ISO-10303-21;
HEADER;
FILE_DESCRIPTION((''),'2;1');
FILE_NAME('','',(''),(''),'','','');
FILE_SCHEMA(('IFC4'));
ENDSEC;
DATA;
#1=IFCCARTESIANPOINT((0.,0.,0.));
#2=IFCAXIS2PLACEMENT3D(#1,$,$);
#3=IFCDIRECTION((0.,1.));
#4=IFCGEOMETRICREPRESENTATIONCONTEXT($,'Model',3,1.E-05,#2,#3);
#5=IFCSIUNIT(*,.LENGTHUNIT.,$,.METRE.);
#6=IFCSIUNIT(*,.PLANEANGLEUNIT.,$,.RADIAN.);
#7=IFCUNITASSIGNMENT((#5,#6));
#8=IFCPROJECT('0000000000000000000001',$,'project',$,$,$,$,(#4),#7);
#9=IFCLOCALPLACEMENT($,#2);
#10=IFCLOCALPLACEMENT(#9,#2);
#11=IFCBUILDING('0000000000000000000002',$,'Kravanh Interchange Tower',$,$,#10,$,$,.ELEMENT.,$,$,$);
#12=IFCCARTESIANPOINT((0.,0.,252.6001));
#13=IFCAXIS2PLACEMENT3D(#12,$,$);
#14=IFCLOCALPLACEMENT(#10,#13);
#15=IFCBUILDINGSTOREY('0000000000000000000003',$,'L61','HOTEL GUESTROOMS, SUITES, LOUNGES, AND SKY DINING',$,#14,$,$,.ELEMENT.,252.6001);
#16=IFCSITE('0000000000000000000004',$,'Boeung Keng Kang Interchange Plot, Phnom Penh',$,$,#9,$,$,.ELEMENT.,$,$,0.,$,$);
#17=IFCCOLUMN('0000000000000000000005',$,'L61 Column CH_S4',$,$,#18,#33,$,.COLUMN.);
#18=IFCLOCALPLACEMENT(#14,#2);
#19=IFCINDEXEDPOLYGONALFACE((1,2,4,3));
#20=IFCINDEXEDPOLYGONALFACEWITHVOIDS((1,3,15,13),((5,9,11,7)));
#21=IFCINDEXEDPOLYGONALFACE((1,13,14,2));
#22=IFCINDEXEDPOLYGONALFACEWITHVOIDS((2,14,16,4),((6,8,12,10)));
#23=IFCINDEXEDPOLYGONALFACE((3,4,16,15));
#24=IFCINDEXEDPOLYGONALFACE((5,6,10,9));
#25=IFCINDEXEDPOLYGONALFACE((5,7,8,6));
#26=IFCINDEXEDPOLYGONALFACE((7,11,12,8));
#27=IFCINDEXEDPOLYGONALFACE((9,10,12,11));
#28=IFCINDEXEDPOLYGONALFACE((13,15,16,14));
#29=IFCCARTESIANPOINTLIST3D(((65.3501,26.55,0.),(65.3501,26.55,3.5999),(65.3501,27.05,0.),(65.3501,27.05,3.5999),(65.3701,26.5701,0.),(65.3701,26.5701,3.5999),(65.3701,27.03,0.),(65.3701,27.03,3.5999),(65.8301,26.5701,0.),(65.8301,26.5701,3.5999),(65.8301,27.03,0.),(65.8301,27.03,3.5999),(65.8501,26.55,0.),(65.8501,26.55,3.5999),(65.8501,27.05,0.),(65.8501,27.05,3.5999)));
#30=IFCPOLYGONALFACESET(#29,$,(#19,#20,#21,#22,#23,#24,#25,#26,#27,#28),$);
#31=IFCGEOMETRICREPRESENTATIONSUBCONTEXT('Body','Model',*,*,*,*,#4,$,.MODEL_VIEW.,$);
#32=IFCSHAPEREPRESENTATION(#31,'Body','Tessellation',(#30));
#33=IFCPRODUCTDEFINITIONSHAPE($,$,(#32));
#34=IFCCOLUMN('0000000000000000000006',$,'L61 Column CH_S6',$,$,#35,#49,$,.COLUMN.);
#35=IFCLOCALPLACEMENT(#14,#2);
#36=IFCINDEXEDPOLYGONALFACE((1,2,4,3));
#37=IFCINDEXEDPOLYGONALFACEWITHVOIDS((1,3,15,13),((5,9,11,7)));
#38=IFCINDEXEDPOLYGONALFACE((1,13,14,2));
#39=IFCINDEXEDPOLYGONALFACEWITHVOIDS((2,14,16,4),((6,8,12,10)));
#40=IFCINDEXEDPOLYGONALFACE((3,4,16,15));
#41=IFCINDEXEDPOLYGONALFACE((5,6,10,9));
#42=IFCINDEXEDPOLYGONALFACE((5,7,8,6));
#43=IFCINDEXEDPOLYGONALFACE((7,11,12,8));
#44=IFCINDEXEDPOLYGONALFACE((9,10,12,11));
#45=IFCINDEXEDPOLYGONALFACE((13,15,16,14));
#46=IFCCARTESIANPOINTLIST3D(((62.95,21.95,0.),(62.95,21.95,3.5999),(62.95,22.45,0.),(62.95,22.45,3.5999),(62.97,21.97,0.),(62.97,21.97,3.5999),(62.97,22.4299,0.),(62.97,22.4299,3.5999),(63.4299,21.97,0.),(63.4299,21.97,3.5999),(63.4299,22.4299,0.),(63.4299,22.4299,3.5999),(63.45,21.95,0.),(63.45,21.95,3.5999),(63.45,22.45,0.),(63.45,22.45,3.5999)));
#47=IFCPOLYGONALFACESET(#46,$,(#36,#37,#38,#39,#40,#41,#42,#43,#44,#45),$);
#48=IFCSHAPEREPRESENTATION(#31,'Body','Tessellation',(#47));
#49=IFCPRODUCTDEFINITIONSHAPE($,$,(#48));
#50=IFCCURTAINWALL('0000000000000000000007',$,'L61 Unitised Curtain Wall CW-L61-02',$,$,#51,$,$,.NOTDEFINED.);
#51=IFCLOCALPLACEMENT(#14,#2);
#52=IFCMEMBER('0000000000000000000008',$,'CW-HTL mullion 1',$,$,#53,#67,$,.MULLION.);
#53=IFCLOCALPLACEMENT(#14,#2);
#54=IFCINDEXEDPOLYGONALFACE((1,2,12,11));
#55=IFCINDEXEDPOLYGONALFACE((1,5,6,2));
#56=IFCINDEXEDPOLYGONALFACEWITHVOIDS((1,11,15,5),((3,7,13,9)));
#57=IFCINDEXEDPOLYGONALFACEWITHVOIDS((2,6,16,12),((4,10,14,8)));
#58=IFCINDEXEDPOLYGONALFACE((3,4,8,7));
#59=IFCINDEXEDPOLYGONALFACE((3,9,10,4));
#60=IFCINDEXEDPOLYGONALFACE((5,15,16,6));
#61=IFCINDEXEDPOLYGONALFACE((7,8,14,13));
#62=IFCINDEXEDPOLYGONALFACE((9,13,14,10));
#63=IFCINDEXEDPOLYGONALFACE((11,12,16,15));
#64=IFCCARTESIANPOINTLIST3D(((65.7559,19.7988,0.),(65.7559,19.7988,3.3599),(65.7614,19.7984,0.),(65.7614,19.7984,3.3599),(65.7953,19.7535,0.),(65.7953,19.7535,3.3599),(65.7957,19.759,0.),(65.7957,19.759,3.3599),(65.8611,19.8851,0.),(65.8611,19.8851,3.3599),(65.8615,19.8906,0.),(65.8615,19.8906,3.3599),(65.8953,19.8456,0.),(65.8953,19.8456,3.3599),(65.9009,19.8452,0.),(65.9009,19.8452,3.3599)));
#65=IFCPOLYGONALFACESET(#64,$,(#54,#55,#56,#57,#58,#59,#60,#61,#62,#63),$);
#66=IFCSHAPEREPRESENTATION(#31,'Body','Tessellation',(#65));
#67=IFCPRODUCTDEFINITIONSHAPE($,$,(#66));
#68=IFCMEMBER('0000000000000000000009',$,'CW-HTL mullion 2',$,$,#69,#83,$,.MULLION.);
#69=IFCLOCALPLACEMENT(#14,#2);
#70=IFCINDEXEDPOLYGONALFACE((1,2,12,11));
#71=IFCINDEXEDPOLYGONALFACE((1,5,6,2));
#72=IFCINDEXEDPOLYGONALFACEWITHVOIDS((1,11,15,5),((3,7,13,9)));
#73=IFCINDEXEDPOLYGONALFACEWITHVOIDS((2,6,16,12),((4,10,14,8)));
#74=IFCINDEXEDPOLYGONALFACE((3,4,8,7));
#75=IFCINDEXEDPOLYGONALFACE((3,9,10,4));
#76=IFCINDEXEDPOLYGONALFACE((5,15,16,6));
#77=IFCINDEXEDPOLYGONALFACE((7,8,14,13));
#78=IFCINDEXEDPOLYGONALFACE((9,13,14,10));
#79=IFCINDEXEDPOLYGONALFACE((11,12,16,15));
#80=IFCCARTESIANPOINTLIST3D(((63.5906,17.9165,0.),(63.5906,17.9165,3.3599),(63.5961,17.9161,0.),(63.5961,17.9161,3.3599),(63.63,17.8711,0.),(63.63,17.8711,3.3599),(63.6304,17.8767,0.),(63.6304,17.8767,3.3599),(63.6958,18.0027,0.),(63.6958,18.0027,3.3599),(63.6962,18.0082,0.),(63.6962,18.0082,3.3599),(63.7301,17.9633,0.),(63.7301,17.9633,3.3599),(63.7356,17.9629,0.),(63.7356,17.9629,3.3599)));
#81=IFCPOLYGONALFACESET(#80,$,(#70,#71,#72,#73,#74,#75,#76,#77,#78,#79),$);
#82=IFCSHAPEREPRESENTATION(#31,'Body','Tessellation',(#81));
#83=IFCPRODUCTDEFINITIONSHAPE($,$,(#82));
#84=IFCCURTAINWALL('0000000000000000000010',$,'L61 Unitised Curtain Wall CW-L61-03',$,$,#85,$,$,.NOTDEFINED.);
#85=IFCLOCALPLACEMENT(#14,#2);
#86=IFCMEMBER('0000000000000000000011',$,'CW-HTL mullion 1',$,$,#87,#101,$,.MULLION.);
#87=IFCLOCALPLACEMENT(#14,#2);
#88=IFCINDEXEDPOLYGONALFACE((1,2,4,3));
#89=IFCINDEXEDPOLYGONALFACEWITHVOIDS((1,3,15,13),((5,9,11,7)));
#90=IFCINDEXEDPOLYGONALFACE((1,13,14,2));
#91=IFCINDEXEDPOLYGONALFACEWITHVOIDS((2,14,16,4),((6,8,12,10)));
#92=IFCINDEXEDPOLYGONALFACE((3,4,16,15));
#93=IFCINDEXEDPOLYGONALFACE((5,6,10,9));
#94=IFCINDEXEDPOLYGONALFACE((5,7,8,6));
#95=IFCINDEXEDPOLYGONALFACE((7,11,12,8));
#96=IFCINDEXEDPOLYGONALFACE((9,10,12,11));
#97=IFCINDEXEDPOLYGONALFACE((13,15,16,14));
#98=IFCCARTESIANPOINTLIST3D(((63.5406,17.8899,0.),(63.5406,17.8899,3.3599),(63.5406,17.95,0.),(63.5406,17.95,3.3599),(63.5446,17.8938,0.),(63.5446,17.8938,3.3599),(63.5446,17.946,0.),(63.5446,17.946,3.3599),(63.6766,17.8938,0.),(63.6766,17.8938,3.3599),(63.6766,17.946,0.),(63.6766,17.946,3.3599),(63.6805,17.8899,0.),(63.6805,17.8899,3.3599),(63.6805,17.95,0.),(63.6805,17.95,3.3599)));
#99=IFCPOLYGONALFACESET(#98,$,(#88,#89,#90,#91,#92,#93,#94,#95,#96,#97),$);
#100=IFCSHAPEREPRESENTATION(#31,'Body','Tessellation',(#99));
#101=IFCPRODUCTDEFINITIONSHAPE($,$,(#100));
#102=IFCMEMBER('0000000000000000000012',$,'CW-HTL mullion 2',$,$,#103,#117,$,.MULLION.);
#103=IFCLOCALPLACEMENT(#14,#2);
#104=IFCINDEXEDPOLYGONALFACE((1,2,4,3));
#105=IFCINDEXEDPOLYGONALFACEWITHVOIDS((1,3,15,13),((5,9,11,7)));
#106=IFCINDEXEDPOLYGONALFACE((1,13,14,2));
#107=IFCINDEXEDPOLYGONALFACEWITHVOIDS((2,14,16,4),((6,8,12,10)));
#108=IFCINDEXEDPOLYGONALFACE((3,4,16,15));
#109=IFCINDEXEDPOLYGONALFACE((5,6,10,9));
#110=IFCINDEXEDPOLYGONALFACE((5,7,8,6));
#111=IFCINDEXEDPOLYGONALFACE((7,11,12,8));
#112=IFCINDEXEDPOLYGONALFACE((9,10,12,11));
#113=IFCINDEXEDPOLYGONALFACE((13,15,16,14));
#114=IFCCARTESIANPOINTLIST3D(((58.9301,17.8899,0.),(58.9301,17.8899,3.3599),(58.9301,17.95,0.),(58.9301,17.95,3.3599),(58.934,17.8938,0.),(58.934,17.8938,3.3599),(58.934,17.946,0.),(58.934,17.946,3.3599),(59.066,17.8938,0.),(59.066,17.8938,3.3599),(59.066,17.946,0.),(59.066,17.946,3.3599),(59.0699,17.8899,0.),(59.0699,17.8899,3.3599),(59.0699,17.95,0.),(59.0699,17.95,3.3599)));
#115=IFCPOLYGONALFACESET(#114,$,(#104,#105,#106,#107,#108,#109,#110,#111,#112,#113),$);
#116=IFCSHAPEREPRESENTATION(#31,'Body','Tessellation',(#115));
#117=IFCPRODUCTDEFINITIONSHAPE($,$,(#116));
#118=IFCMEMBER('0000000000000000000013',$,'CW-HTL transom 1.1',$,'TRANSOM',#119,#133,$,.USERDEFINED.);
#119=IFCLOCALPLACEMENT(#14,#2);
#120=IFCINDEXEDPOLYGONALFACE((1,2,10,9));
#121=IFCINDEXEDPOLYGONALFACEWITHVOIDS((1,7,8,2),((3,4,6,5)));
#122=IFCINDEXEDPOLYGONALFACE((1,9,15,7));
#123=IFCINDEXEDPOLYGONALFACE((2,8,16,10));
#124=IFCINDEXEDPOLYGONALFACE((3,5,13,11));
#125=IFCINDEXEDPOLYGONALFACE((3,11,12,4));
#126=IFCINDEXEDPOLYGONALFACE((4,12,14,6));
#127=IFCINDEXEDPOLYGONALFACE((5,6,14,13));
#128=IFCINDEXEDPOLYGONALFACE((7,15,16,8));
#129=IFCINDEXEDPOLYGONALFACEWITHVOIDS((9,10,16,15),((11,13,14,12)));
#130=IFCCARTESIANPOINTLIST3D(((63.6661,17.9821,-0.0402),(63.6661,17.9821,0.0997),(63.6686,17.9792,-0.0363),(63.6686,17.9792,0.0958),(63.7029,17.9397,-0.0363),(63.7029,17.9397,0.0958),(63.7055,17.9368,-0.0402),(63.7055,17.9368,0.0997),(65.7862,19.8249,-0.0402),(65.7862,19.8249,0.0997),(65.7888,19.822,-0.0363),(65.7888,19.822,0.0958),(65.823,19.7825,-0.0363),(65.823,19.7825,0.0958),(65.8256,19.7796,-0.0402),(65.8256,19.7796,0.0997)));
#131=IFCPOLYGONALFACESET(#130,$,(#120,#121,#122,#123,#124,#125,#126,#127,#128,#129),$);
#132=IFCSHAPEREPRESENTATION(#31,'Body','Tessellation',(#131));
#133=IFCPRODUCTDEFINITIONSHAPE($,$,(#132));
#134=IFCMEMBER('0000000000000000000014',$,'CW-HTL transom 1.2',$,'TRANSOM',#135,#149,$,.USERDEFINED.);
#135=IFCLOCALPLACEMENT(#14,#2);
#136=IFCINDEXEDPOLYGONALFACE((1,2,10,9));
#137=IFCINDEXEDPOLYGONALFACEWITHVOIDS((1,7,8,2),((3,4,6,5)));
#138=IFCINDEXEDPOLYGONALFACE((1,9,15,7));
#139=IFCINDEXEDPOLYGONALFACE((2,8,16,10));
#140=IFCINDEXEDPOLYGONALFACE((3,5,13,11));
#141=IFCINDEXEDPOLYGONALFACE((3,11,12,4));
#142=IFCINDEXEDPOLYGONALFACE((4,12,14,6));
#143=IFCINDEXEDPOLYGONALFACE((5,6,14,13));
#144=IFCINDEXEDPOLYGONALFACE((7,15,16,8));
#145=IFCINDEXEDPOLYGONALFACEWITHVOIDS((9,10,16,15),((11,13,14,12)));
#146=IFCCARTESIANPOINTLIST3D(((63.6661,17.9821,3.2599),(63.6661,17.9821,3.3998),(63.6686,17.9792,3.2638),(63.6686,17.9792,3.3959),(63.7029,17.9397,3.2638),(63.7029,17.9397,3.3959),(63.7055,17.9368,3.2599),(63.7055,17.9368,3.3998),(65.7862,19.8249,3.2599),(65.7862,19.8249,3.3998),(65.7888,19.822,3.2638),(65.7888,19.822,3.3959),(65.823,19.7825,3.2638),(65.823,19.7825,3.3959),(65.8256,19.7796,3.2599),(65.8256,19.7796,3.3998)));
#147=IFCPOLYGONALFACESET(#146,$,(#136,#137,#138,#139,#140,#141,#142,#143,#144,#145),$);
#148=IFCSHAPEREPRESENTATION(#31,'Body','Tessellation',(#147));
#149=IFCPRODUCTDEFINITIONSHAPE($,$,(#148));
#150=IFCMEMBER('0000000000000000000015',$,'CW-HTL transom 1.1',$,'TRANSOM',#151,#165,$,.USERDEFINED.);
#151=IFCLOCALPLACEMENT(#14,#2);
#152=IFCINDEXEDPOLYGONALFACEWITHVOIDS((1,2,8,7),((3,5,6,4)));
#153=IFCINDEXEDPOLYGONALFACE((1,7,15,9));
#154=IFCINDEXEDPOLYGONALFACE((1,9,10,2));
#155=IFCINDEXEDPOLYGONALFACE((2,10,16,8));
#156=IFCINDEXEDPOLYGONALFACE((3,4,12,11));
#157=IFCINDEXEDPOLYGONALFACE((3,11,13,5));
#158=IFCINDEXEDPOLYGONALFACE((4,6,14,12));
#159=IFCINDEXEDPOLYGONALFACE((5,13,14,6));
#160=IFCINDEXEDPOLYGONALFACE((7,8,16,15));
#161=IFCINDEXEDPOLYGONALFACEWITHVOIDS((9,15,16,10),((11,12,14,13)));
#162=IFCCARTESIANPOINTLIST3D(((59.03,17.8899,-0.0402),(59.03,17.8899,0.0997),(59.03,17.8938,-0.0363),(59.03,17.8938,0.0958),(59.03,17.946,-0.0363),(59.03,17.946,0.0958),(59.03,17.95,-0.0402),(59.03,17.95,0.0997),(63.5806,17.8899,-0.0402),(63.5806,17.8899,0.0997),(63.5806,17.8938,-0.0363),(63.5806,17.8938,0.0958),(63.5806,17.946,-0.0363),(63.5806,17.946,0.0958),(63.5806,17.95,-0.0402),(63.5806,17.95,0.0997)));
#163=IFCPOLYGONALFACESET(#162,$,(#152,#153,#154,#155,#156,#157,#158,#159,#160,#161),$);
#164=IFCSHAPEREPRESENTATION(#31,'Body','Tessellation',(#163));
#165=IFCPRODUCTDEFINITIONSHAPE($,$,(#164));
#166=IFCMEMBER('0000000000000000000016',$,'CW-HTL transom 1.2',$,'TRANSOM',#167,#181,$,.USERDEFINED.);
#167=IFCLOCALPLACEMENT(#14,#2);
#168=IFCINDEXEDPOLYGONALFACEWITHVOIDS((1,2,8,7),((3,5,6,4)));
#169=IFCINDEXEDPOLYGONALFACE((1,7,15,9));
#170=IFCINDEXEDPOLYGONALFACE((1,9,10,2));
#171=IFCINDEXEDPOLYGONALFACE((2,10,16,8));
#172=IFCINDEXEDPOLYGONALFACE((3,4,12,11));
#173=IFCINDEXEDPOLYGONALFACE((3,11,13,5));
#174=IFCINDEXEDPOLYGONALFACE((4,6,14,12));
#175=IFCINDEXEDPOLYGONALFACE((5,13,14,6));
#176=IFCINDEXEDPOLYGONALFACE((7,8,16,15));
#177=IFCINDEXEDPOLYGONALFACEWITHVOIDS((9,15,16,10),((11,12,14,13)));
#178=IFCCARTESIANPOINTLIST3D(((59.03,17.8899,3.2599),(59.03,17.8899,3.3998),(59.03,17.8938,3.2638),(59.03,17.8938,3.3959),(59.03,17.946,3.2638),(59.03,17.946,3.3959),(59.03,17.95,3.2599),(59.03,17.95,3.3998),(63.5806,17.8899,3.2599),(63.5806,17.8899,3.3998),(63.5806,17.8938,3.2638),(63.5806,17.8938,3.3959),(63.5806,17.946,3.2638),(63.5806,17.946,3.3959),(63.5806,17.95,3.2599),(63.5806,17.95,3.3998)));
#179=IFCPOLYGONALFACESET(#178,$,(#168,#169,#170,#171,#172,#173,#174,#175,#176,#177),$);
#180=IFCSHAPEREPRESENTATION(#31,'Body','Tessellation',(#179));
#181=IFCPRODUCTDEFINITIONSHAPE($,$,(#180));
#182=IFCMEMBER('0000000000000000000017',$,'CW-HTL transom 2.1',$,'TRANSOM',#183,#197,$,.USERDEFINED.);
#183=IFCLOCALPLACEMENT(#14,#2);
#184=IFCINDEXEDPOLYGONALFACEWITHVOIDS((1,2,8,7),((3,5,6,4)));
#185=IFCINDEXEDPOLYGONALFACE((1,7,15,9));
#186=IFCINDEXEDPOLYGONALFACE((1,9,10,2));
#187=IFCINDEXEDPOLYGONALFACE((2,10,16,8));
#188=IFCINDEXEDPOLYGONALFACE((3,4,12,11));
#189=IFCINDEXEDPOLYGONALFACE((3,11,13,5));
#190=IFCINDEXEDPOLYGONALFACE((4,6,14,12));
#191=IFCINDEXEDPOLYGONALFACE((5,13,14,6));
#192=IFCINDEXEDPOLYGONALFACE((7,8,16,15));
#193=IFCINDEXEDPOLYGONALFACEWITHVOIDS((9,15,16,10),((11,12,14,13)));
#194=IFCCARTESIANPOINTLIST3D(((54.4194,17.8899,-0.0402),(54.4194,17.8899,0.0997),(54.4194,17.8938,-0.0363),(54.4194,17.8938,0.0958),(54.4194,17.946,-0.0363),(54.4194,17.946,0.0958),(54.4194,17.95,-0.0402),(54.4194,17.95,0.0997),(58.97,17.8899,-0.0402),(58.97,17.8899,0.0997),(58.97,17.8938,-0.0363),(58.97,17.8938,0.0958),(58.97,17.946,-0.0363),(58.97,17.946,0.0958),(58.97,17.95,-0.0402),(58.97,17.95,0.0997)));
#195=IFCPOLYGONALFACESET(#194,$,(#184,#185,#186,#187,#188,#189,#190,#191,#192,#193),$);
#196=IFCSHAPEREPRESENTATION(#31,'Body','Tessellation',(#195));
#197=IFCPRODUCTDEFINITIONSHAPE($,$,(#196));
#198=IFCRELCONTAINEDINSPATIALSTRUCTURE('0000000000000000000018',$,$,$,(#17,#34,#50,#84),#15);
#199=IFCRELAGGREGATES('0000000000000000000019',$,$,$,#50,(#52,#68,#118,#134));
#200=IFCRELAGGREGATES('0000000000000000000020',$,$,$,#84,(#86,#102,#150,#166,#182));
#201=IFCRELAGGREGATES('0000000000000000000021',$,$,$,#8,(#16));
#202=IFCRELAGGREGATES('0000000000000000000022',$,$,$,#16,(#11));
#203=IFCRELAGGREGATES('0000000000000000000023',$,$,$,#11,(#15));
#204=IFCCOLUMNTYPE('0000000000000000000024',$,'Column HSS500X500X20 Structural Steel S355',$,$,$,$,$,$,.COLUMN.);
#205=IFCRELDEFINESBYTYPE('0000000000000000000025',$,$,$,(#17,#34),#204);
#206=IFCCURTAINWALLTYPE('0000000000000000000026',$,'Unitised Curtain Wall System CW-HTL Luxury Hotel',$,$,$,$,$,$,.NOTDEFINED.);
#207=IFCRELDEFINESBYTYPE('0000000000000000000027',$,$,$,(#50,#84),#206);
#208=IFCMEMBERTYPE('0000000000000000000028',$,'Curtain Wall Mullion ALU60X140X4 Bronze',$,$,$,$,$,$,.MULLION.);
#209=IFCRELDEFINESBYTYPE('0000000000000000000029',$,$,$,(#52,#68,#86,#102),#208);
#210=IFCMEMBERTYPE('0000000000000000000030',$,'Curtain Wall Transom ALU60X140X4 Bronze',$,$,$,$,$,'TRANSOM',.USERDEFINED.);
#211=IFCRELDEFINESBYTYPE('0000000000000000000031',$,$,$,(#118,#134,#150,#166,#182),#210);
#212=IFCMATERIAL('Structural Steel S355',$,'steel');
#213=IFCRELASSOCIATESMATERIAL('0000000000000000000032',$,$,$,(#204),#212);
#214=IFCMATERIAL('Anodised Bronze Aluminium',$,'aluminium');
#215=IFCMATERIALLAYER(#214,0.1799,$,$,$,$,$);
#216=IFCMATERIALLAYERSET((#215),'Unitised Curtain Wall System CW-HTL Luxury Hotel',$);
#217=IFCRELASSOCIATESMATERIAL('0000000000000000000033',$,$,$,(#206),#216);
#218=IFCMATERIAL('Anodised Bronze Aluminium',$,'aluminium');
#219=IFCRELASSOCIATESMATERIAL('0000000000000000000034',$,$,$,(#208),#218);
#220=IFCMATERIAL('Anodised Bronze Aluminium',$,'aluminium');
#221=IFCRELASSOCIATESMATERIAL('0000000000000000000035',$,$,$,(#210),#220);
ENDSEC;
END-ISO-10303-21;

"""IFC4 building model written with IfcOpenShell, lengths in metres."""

from ifc_helpers import new_model, si_unit, direction, frame, origin, origin_2d, place, context, subcontext, project, spatial, hollow_rectangle, extrude, material, layer, layer_set, material_profile, profile_set, type_object, element, aggregate, save


model = new_model("IFC4")

# Units and contexts
model_context = context("Model", 3, precision=1e-05, world=origin(), true_north=direction((0.0, 1.0)))
body_context = subcontext(model_context, "Body", "Model", "MODEL_VIEW")
ifc_project = project(units=[si_unit("LENGTHUNIT", "METRE"), si_unit("PLANEANGLEUNIT", "RADIAN")], contexts=[model_context])

# Site, building, storey
site_placement = place(None, origin())
site = spatial("IfcSite", under=ifc_project, at=site_placement, Name="Boeung Keng Kang Interchange Plot, Phnom Penh", CompositionType="ELEMENT", RefElevation=0.0)
building_placement = place(site_placement, origin())
building = spatial("IfcBuilding", under=site, at=building_placement, Name="Kravanh Interchange Tower", CompositionType="ELEMENT")
storey_placement = place(building_placement, frame((0.0, 0.0, 252.6001)))
storey = spatial("IfcBuildingStorey", under=building, at=storey_placement, Name="L61", Description="HOTEL GUESTROOMS, SUITES, LOUNGES, AND SKY DINING", CompositionType="ELEMENT", Elevation=252.6001)

# Columns
ifc_material_1 = material(Name="Structural Steel S355", Category="steel")
ifc_material_profile_1 = material_profile(ifc_material_1, hollow_rectangle(XDim=0.5, YDim=0.5, WallThickness=0.02, at=origin_2d()), Name="HSS500X500X20")
ifc_profile_set_1 = profile_set([ifc_material_profile_1], Name="Structural Steel S355")
column_type = type_object("IfcColumnType", Name="Column HSS500X500X20 Structural Steel S355", PredefinedType="COLUMN", material=ifc_profile_set_1)
for number, where, z_axis, x_axis, name in (
    (1, (65.6001, 26.8, 0.0), (0.0, 0.0, 1.0), (1.0, 0.0, 0.0), "L61 Column CH_S4"),
    (2, (63.2, 22.2, 0.0), (0.0, 0.0, 1.0), (1.0, 0.0, 0.0), "L61 Column CH_S6"),
):
    element("IfcColumn", number, at=place(storey_placement, frame(where, z_axis=z_axis, x_axis=x_axis)), inside=storey, type_object=column_type, Name=name, PredefinedType="COLUMN", context=body_context, shape_type="SweptSolid", body=[
        extrude(hollow_rectangle(XDim=0.5, YDim=0.5, WallThickness=0.02, at=origin_2d()), origin(), (0.0, 0.0, 1.0), 3.5999),
    ])

# Curtain walls, members
ifc_material_2 = material(Name="Anodised Bronze Aluminium", Category="aluminium")
ifc_layer_1 = layer(ifc_material_2, 0.1799)
ifc_layer_set_1 = layer_set([ifc_layer_1], Name="Unitised Curtain Wall System CW-HTL Luxury Hotel")
curtain_wall_type = type_object("IfcCurtainWallType", Name="Unitised Curtain Wall System CW-HTL Luxury Hotel", PredefinedType="NOTDEFINED", material=ifc_layer_set_1)
curtain_wall_1_placement = place(storey_placement, origin())
curtain_wall_1 = element("IfcCurtainWall", 3, at=curtain_wall_1_placement, inside=storey, type_object=curtain_wall_type, Name="L61 Unitised Curtain Wall CW-L61-02", PredefinedType="NOTDEFINED")
ifc_material_3 = material(Name="Anodised Bronze Aluminium", Category="aluminium")
ifc_material_profile_2 = material_profile(ifc_material_3, hollow_rectangle(XDim=0.0601, YDim=0.1399, WallThickness=0.0039, at=origin_2d()), Name="ALU60X140X4")
ifc_profile_set_2 = profile_set([ifc_material_profile_2], Name="Anodised Bronze Aluminium")
member_type_1 = type_object("IfcMemberType", Name="Curtain Wall Mullion ALU60X140X4 Bronze", PredefinedType="MULLION", material=ifc_profile_set_2)
member_1_placement = place(storey_placement, frame((65.8284, 19.822, 0.0), z_axis=(0.0, 0.0, 1.0), x_axis=(0.65605, -0.754717, 0.0)))
member_1 = element("IfcMember", 4, at=member_1_placement, type_object=member_type_1, Name="CW-HTL mullion 1", PredefinedType="MULLION", context=body_context, shape_type="SweptSolid", body=[
    extrude(hollow_rectangle(XDim=0.0601, YDim=0.1399, WallThickness=0.0039, at=origin_2d()), origin(), (0.0, 0.0, 1.0), 3.3599),
])
member_2_placement = place(storey_placement, frame((63.6631, 17.9397, 0.0), z_axis=(0.0, 0.0, 1.0), x_axis=(0.65605, -0.754717, 0.0)))
member_2 = element("IfcMember", 5, at=member_2_placement, type_object=member_type_1, Name="CW-HTL mullion 2", PredefinedType="MULLION", context=body_context, shape_type="SweptSolid", body=[
    extrude(hollow_rectangle(XDim=0.0601, YDim=0.1399, WallThickness=0.0039, at=origin_2d()), origin(), (0.0, 0.0, 1.0), 3.3599),
])
curtain_wall_2_placement = place(storey_placement, origin())
curtain_wall_2 = element("IfcCurtainWall", 6, at=curtain_wall_2_placement, inside=storey, type_object=curtain_wall_type, Name="L61 Unitised Curtain Wall CW-L61-03", PredefinedType="NOTDEFINED")
member_3_placement = place(storey_placement, frame((63.6106, 17.9199, 0.0), z_axis=(0.0, 0.0, 1.0), x_axis=(0.0, -1.0, 0.0)))
member_3 = element("IfcMember", 7, at=member_3_placement, type_object=member_type_1, Name="CW-HTL mullion 1", PredefinedType="MULLION", context=body_context, shape_type="SweptSolid", body=[
    extrude(hollow_rectangle(XDim=0.0601, YDim=0.1399, WallThickness=0.0039, at=origin_2d()), origin(), (0.0, 0.0, 1.0), 3.3599),
])
member_4_placement = place(storey_placement, frame((59.0, 17.9199, 0.0), z_axis=(0.0, 0.0, 1.0), x_axis=(0.0, -1.0, 0.0)))
member_4 = element("IfcMember", 8, at=member_4_placement, type_object=member_type_1, Name="CW-HTL mullion 2", PredefinedType="MULLION", context=body_context, shape_type="SweptSolid", body=[
    extrude(hollow_rectangle(XDim=0.0601, YDim=0.1399, WallThickness=0.0039, at=origin_2d()), origin(), (0.0, 0.0, 1.0), 3.3599),
])

# Members
ifc_material_4 = material(Name="Anodised Bronze Aluminium", Category="aluminium")
ifc_material_profile_3 = material_profile(ifc_material_4, hollow_rectangle(XDim=0.0601, YDim=0.1399, WallThickness=0.0039, at=origin_2d()), Name="ALU60X140X4")
ifc_profile_set_3 = profile_set([ifc_material_profile_3], Name="Anodised Bronze Aluminium")
member_type_2 = type_object("IfcMemberType", Name="Curtain Wall Transom ALU60X140X4 Bronze", ElementType="TRANSOM", PredefinedType="USERDEFINED", material=ifc_profile_set_3)
member_5_placement = place(storey_placement, frame((65.8059, 19.8022, 0.0298), z_axis=(-0.754748, -0.656015, 0.0), x_axis=(0.656015, -0.754748, 0.0)))
member_5 = element("IfcMember", 9, at=member_5_placement, type_object=member_type_2, Name="CW-HTL transom 1.1", ObjectType="TRANSOM", PredefinedType="USERDEFINED", context=body_context, shape_type="SweptSolid", body=[
    extrude(hollow_rectangle(XDim=0.0601, YDim=0.1399, WallThickness=0.0039, at=origin_2d()), origin(), (0.0, 0.0, 1.0), 2.8091),
])
member_6_placement = place(storey_placement, frame((65.8059, 19.8022, 3.3298), z_axis=(-0.754748, -0.656015, 0.0), x_axis=(0.656015, -0.754748, 0.0)))
member_6 = element("IfcMember", 10, at=member_6_placement, type_object=member_type_2, Name="CW-HTL transom 1.2", ObjectType="TRANSOM", PredefinedType="USERDEFINED", context=body_context, shape_type="SweptSolid", body=[
    extrude(hollow_rectangle(XDim=0.0601, YDim=0.1399, WallThickness=0.0039, at=origin_2d()), origin(), (0.0, 0.0, 1.0), 2.8091),
])
member_7_placement = place(storey_placement, frame((63.5806, 17.9199, 0.0298), z_axis=(-1.0, 0.0, 0.0), x_axis=(0.0, -1.0, 0.0)))
member_7 = element("IfcMember", 11, at=member_7_placement, type_object=member_type_2, Name="CW-HTL transom 1.1", ObjectType="TRANSOM", PredefinedType="USERDEFINED", context=body_context, shape_type="SweptSolid", body=[
    extrude(hollow_rectangle(XDim=0.0601, YDim=0.1399, WallThickness=0.0039, at=origin_2d()), origin(), (0.0, 0.0, 1.0), 4.5505),
])
member_8_placement = place(storey_placement, frame((63.5806, 17.9199, 3.3298), z_axis=(-1.0, 0.0, 0.0), x_axis=(0.0, -1.0, 0.0)))
member_8 = element("IfcMember", 12, at=member_8_placement, type_object=member_type_2, Name="CW-HTL transom 1.2", ObjectType="TRANSOM", PredefinedType="USERDEFINED", context=body_context, shape_type="SweptSolid", body=[
    extrude(hollow_rectangle(XDim=0.0601, YDim=0.1399, WallThickness=0.0039, at=origin_2d()), origin(), (0.0, 0.0, 1.0), 4.5505),
])
member_9_placement = place(storey_placement, frame((58.97, 17.9199, 0.0298), z_axis=(-1.0, 0.0, 0.0), x_axis=(0.0, -1.0, 0.0)))
member_9 = element("IfcMember", 13, at=member_9_placement, type_object=member_type_2, Name="CW-HTL transom 2.1", ObjectType="TRANSOM", PredefinedType="USERDEFINED", context=body_context, shape_type="SweptSolid", body=[
    extrude(hollow_rectangle(XDim=0.0601, YDim=0.1399, WallThickness=0.0039, at=origin_2d()), origin(), (0.0, 0.0, 1.0), 4.5505),
])

aggregate(curtain_wall_1, [member_1, member_2, member_5, member_6])
aggregate(curtain_wall_2, [member_3, member_4, member_7, member_8, member_9])

save(model, "model.ifc")
